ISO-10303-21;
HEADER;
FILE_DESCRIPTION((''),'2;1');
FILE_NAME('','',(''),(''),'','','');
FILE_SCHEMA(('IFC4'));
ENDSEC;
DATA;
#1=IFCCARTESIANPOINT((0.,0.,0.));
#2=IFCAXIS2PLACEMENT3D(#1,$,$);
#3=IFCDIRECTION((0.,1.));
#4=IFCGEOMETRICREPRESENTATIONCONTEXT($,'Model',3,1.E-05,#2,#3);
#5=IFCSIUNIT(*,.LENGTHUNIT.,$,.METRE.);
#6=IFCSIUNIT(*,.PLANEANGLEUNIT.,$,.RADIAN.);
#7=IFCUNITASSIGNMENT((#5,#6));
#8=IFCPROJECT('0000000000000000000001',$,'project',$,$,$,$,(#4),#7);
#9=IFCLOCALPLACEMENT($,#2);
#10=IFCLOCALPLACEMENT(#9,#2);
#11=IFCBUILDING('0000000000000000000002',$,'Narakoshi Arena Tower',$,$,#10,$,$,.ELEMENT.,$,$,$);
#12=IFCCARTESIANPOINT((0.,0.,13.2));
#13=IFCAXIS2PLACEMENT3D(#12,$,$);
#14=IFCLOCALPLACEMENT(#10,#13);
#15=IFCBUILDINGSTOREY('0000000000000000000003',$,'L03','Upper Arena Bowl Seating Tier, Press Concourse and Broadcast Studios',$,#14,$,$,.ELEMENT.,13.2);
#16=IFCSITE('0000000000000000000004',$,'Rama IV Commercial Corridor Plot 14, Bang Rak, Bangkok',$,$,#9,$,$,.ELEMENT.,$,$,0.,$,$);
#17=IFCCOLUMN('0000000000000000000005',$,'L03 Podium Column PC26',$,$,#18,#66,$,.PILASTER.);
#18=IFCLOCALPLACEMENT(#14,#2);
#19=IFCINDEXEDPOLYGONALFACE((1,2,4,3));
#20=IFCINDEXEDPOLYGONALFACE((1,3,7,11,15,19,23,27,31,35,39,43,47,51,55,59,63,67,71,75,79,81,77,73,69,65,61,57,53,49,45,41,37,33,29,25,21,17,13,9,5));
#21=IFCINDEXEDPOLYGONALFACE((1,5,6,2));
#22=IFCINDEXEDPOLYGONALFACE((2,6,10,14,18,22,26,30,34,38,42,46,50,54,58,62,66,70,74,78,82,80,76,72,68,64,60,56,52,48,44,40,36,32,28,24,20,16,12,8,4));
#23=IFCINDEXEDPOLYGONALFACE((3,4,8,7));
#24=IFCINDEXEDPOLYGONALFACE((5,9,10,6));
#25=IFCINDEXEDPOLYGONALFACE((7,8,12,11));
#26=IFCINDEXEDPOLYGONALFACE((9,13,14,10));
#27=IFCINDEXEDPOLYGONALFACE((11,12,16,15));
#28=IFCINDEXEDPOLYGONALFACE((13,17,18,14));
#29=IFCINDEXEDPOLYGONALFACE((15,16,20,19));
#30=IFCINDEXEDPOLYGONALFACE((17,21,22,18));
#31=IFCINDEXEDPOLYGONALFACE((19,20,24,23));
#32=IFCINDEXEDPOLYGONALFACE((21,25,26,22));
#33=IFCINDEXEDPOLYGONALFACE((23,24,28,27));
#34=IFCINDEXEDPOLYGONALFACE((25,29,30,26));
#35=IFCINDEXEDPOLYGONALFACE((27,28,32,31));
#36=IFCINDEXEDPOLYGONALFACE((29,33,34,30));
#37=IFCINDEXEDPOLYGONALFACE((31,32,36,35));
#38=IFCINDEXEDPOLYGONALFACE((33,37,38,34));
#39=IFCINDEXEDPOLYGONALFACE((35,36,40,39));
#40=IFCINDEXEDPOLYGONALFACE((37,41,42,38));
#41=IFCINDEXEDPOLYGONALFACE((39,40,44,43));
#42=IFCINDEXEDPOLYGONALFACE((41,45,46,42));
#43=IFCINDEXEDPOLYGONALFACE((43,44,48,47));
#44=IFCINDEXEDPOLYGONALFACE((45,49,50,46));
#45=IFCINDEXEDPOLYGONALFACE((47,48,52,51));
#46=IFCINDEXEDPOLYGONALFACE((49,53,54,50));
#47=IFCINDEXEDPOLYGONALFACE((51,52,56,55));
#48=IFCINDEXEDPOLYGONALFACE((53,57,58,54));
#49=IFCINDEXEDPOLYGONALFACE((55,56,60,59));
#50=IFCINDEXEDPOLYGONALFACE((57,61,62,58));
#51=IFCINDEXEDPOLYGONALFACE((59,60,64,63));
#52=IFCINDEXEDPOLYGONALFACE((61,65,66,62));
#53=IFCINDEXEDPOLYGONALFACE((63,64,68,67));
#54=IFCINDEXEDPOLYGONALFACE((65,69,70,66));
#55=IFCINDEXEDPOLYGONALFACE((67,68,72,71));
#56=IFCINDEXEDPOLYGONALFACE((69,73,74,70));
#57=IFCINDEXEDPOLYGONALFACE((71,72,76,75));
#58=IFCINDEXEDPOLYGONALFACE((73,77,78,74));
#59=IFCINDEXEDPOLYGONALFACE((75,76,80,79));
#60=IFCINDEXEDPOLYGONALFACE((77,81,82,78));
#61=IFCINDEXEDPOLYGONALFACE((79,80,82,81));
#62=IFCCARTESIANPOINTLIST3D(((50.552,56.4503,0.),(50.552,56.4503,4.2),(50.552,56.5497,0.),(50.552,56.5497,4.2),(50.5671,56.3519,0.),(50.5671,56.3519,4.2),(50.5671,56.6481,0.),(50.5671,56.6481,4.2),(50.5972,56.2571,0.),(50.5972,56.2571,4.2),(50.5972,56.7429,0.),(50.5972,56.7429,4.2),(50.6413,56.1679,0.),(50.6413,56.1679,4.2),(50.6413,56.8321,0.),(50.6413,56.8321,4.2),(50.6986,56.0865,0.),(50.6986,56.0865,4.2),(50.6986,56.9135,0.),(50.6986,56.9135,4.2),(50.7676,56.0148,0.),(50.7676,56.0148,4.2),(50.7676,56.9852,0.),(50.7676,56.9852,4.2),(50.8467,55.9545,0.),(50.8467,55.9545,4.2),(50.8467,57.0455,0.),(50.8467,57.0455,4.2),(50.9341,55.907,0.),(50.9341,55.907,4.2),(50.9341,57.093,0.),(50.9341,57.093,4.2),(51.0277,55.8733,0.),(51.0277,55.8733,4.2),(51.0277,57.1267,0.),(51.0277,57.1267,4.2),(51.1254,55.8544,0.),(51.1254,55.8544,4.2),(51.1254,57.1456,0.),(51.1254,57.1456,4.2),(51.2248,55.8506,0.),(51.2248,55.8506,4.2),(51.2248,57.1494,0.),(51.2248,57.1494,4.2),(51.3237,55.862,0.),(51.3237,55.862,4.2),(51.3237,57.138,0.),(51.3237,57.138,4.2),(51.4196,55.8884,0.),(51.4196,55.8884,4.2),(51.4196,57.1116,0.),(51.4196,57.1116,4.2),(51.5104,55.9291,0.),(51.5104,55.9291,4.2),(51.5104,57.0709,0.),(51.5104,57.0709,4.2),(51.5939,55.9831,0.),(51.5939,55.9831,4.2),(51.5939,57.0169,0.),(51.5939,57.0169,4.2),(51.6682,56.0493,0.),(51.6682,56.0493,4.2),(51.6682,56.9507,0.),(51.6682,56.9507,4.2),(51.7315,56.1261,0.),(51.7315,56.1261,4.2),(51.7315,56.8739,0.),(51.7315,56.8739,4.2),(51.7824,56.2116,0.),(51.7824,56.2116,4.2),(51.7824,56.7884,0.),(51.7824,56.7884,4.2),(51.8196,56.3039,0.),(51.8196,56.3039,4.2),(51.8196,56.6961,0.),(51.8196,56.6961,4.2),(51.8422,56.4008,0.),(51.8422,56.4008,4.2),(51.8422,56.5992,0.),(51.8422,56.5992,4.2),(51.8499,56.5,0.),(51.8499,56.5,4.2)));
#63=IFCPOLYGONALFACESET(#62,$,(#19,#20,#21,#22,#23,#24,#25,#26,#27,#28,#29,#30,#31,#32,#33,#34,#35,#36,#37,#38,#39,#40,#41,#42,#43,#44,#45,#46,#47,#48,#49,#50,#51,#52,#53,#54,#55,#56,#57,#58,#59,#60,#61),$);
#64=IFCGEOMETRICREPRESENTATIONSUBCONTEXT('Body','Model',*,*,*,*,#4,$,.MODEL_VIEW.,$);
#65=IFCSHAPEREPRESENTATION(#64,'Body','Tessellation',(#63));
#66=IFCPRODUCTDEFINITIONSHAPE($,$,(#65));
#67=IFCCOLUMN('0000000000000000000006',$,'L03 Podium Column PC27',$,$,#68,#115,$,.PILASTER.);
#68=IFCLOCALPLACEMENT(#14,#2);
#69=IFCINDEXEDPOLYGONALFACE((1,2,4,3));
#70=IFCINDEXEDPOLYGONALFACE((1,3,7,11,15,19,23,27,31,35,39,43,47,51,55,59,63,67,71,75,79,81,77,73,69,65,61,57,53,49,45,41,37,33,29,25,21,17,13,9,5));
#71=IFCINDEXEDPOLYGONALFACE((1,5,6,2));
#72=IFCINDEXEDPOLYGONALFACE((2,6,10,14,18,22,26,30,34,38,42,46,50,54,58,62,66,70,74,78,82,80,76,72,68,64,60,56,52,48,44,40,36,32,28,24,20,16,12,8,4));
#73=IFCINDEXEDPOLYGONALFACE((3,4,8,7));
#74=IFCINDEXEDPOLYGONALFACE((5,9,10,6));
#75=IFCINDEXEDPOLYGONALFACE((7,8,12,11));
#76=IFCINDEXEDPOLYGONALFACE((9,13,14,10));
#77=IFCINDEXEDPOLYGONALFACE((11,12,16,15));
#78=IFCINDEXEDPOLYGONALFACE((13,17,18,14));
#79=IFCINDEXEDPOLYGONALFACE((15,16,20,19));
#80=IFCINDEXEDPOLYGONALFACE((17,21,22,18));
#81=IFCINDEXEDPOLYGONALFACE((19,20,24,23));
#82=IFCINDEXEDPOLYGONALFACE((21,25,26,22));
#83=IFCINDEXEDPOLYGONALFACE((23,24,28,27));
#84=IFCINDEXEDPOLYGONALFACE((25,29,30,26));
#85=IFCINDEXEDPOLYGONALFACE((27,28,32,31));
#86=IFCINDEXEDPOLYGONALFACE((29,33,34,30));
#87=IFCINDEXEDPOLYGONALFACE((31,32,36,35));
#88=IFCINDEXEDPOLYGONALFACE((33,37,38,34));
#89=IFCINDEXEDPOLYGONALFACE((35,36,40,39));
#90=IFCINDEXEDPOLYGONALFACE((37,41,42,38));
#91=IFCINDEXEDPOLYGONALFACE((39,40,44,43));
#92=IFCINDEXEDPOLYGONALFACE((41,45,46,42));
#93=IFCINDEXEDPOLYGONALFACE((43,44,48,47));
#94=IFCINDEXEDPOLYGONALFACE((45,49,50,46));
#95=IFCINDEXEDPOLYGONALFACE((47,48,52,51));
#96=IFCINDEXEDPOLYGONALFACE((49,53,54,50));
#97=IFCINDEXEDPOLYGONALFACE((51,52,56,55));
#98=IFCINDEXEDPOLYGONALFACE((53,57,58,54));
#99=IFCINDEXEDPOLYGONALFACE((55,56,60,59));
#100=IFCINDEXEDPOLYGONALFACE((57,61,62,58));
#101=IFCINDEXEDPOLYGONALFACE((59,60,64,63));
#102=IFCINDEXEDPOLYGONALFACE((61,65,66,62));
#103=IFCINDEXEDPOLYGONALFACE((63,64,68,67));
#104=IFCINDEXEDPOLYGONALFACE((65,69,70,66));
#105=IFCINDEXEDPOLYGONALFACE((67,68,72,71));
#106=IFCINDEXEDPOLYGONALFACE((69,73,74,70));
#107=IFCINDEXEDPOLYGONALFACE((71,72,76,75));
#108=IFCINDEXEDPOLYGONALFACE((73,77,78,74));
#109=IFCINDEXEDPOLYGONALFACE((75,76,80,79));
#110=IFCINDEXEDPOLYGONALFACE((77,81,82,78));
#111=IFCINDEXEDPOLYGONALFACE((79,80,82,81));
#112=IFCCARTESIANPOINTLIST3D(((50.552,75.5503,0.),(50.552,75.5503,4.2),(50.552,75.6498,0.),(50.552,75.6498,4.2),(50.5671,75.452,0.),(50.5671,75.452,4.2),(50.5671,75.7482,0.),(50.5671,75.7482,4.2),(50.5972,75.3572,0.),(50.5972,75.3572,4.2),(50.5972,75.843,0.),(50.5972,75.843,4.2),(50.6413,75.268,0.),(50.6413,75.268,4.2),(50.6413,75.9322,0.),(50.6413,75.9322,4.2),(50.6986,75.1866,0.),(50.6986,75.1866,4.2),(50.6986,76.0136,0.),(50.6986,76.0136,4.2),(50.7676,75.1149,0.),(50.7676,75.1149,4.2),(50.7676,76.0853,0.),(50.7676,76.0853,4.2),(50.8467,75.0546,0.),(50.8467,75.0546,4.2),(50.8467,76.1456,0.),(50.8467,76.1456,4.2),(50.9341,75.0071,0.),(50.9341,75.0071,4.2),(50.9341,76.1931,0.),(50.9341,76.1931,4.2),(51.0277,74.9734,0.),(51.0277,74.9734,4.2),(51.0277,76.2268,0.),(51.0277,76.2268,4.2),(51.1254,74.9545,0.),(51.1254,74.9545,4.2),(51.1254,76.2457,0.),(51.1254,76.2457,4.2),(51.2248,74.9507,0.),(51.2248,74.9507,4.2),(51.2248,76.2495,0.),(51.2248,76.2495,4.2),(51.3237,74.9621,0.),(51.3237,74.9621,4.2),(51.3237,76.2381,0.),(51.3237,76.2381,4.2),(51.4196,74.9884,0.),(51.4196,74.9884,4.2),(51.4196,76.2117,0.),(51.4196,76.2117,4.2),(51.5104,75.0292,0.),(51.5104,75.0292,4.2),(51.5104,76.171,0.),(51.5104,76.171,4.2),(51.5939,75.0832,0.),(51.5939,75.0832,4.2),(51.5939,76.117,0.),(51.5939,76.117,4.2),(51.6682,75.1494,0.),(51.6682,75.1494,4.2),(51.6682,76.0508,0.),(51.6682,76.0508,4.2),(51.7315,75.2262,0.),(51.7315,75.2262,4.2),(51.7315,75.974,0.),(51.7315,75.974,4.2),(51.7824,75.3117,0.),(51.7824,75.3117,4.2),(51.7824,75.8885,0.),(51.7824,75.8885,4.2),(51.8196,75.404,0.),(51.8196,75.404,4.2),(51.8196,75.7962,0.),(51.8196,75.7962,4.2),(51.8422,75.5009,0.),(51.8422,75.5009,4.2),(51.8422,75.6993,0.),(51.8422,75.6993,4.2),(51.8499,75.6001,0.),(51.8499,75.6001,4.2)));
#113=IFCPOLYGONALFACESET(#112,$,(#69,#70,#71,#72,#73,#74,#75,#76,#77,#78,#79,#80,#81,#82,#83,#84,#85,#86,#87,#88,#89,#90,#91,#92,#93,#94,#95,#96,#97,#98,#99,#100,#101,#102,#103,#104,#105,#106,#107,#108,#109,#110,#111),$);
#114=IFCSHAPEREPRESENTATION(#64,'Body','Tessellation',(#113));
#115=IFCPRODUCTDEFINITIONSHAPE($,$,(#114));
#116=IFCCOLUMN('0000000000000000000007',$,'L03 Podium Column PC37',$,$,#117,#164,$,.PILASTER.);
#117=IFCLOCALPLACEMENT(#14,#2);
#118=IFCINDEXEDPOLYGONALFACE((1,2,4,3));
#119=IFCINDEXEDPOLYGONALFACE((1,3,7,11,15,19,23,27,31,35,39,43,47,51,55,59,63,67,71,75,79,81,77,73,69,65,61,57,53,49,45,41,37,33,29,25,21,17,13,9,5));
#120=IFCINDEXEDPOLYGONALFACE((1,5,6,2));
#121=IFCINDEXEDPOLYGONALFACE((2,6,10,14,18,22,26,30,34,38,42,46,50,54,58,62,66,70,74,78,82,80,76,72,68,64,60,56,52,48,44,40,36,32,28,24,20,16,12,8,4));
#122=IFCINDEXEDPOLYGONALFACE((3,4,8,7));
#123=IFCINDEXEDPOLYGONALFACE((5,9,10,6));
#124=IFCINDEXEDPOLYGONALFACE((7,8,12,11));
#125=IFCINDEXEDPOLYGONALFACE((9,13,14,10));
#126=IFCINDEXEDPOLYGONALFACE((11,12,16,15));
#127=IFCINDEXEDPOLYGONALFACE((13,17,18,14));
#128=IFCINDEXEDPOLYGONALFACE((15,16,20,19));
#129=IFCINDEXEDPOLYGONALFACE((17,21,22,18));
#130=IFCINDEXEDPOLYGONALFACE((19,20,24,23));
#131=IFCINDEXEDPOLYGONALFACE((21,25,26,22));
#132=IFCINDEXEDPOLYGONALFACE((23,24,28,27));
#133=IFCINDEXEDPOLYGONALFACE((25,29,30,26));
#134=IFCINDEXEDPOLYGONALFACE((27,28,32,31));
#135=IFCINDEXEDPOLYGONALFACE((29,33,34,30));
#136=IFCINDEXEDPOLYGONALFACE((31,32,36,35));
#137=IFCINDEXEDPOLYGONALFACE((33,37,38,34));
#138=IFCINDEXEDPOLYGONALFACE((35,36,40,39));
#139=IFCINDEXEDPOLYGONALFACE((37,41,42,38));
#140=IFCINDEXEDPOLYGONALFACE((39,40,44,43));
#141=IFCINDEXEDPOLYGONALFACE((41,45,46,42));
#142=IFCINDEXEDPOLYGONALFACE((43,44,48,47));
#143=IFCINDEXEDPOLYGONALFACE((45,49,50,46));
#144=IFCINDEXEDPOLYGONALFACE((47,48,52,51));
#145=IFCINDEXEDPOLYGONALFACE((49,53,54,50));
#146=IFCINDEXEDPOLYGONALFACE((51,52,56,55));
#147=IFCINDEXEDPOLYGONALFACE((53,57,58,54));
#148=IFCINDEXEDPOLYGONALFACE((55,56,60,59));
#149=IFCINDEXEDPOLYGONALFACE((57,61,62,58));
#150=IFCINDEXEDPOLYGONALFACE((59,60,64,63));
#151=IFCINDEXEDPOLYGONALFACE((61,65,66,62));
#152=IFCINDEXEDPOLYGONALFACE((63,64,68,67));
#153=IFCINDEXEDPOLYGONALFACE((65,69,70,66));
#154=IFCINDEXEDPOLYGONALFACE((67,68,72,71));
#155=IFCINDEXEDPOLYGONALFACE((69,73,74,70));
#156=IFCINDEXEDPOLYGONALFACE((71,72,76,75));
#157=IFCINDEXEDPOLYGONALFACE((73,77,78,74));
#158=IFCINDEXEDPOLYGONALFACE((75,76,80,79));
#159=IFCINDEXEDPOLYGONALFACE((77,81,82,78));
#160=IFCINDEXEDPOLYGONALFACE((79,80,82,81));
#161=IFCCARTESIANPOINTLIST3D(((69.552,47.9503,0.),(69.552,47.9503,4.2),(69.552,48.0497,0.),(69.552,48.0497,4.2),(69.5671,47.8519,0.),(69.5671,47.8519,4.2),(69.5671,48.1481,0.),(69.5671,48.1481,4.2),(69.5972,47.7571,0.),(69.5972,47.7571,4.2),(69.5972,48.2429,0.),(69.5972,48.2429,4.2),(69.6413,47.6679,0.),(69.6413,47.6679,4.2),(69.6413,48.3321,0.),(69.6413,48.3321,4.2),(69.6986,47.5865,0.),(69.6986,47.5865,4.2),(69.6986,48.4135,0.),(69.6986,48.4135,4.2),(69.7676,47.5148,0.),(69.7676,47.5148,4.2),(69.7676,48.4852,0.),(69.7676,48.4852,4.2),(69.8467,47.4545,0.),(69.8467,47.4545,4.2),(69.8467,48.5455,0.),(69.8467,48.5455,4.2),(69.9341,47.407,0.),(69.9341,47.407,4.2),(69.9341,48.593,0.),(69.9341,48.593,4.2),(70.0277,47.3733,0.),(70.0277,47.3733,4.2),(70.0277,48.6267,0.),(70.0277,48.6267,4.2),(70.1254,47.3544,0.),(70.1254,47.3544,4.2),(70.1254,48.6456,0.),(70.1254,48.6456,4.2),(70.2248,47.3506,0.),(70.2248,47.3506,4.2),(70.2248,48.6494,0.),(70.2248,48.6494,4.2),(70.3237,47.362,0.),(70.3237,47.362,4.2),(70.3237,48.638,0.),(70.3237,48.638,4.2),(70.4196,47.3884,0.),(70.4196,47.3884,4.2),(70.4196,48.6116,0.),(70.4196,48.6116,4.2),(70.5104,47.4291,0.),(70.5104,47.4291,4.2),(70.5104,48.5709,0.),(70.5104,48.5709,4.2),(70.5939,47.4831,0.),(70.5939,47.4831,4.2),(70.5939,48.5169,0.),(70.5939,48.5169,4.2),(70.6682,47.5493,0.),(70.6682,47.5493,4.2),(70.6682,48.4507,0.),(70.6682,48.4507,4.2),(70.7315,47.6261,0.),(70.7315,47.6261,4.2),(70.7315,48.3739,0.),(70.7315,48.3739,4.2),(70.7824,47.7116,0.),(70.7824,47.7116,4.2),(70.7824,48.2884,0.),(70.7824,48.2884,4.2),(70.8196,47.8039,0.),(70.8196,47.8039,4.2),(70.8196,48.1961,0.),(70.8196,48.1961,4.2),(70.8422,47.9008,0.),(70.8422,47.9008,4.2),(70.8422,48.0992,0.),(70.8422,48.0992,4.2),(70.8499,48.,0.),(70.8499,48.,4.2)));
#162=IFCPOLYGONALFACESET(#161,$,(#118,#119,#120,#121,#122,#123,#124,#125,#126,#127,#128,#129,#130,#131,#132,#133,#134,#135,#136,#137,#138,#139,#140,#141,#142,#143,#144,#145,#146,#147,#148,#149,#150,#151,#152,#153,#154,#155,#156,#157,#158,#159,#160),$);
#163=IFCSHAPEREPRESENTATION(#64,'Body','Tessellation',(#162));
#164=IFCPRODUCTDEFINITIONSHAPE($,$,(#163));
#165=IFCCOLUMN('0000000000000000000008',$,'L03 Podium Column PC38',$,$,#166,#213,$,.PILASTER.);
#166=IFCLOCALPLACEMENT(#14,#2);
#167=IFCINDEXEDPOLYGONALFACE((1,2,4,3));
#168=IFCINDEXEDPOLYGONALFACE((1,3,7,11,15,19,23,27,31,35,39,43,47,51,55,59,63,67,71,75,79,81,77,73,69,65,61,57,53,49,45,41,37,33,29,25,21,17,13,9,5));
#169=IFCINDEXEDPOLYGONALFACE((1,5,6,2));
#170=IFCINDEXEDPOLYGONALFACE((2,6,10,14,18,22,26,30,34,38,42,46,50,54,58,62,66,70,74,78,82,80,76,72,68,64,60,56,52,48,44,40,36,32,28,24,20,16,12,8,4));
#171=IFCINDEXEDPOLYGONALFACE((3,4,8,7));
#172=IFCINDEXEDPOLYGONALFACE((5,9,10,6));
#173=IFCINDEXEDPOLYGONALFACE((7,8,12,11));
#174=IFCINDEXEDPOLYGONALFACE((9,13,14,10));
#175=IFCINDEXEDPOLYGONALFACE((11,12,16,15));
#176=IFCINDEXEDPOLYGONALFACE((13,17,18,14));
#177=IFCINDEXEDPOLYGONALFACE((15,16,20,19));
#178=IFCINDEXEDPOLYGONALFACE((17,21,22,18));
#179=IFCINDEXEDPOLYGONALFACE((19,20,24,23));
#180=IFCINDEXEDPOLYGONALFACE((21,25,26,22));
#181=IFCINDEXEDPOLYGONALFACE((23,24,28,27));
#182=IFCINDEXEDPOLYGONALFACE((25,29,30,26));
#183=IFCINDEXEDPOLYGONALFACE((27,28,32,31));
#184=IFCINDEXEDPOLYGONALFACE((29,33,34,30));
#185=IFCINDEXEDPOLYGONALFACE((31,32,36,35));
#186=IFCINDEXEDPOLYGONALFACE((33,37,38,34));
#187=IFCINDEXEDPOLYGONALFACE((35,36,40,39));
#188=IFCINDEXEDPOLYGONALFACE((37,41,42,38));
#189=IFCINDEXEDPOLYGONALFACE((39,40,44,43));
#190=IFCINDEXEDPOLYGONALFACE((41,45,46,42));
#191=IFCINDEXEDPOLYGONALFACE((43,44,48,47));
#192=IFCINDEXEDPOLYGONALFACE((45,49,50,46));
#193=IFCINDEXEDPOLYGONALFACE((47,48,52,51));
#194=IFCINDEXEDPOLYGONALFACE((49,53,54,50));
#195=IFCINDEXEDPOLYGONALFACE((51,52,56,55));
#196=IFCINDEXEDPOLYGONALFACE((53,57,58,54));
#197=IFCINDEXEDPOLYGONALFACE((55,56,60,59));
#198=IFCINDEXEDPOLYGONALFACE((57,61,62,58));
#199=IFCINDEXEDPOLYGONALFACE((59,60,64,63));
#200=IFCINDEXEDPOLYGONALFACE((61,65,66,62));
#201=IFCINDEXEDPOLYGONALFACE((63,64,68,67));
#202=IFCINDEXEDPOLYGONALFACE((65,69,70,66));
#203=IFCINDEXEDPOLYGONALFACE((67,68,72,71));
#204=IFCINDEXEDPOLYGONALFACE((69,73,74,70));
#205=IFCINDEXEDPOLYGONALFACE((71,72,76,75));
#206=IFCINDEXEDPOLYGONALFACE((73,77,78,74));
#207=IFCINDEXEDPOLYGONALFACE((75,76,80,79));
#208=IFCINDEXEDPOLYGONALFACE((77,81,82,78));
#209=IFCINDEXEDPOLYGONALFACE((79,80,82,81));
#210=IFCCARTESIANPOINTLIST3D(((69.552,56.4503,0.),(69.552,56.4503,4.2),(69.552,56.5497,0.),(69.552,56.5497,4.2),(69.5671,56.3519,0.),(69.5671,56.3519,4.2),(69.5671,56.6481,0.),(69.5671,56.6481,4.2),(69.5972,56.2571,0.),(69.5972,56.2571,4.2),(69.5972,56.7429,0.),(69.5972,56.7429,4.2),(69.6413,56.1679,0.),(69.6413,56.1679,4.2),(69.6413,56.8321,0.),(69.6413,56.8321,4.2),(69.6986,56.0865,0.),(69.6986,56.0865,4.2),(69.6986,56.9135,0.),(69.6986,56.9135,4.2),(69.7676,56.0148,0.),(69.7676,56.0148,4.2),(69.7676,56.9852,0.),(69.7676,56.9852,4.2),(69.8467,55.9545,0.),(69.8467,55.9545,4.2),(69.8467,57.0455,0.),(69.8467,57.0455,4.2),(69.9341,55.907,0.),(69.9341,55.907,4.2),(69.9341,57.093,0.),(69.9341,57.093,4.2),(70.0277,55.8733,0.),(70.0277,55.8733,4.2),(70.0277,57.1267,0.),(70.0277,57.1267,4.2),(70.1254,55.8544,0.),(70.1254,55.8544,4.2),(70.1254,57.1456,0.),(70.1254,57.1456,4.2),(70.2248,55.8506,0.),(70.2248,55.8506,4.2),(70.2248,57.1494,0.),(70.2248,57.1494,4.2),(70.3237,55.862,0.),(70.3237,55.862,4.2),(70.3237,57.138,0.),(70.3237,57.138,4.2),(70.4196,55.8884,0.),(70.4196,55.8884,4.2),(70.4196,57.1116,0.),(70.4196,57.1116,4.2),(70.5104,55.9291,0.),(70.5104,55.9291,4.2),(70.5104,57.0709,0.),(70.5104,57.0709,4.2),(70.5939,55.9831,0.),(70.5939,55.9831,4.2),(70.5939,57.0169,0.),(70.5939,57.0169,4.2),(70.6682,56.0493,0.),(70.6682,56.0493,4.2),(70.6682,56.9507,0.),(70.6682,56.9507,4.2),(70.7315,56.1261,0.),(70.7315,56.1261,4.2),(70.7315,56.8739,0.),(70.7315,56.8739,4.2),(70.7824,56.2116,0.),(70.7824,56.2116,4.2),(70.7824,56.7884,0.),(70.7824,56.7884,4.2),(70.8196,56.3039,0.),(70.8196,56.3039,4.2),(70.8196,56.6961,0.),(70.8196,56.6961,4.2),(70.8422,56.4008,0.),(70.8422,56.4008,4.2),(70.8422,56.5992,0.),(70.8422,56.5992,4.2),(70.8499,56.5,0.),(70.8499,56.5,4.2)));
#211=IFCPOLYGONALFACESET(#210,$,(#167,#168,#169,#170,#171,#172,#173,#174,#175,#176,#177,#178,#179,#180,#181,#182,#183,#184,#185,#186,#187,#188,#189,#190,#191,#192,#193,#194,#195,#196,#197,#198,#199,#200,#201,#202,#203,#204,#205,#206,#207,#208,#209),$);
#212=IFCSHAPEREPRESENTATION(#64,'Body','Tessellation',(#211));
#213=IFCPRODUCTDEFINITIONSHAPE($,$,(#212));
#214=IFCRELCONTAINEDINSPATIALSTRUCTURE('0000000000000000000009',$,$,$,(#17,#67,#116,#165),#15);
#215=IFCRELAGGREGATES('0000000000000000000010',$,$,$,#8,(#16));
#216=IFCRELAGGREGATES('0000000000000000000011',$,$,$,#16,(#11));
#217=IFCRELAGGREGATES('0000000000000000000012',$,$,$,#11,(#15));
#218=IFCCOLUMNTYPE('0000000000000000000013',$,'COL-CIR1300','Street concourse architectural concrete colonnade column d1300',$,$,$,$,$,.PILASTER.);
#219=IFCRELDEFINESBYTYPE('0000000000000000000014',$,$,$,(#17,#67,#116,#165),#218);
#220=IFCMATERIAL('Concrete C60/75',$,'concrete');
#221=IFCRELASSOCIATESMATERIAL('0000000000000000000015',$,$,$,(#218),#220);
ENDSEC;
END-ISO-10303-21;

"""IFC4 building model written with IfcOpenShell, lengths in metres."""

from ifc_helpers import new_model, si_unit, direction, frame, origin, origin_2d, place, context, subcontext, project, spatial, circle, extrude, material, material_profile, profile_set, type_object, element, save


model = new_model("IFC4")

# Units and contexts
model_context = context("Model", 3, precision=1e-05, world=origin(), true_north=direction((0.0, 1.0)))
body_context = subcontext(model_context, "Body", "Model", "MODEL_VIEW")
ifc_project = project(units=[si_unit("LENGTHUNIT", "METRE"), si_unit("PLANEANGLEUNIT", "RADIAN")], contexts=[model_context])

# Site, building, storey
site_placement = place(None, origin())
site = spatial("IfcSite", under=ifc_project, at=site_placement, Name="Rama IV Commercial Corridor Plot 14, Bang Rak, Bangkok", CompositionType="ELEMENT", RefElevation=0.0)
building_placement = place(site_placement, origin())
building = spatial("IfcBuilding", under=site, at=building_placement, Name="Narakoshi Arena Tower", CompositionType="ELEMENT")
storey_placement = place(building_placement, frame((0.0, 0.0, 13.2)))
storey = spatial("IfcBuildingStorey", under=building, at=storey_placement, Name="L03", Description="Upper Arena Bowl Seating Tier, Press Concourse and Broadcast Studios", CompositionType="ELEMENT", Elevation=13.2)

# Columns
ifc_material_1 = material(Name="Concrete C60/75", Category="concrete")
ifc_material_profile_1 = material_profile(ifc_material_1, circle(Radius=0.6499, at=origin_2d()), Name="RCC1300")
ifc_profile_set_1 = profile_set([ifc_material_profile_1], Name="Concrete C60/75")
column_type_1 = type_object("IfcColumnType", Name="COL-CIR1300", Description="Street concourse architectural concrete colonnade column d1300", PredefinedType="PILASTER", material=ifc_profile_set_1)
for number, where, z_axis, x_axis, name in (
    (1, (51.2, 56.5, 0.0), (0.0, 0.0, 1.0), (1.0, 0.0, 0.0), "L03 Podium Column PC26"),
    (2, (51.2, 75.6001, 0.0), (0.0, 0.0, 1.0), (1.0, 0.0, 0.0), "L03 Podium Column PC27"),
    (3, (70.2, 48.0, 0.0), (0.0, 0.0, 1.0), (1.0, 0.0, 0.0), "L03 Podium Column PC37"),
    (4, (70.2, 56.5, 0.0), (0.0, 0.0, 1.0), (1.0, 0.0, 0.0), "L03 Podium Column PC38"),
):
    element("IfcColumn", number, at=place(storey_placement, frame(where, z_axis=z_axis, x_axis=x_axis)), inside=storey, type_object=column_type_1, Name=name, PredefinedType="PILASTER", context=body_context, shape_type="SweptSolid", body=[
        extrude(circle(Radius=0.6499, at=origin_2d()), origin(), (0.0, 0.0, 1.0), 4.2),
    ])

save(model, "model.ifc")
